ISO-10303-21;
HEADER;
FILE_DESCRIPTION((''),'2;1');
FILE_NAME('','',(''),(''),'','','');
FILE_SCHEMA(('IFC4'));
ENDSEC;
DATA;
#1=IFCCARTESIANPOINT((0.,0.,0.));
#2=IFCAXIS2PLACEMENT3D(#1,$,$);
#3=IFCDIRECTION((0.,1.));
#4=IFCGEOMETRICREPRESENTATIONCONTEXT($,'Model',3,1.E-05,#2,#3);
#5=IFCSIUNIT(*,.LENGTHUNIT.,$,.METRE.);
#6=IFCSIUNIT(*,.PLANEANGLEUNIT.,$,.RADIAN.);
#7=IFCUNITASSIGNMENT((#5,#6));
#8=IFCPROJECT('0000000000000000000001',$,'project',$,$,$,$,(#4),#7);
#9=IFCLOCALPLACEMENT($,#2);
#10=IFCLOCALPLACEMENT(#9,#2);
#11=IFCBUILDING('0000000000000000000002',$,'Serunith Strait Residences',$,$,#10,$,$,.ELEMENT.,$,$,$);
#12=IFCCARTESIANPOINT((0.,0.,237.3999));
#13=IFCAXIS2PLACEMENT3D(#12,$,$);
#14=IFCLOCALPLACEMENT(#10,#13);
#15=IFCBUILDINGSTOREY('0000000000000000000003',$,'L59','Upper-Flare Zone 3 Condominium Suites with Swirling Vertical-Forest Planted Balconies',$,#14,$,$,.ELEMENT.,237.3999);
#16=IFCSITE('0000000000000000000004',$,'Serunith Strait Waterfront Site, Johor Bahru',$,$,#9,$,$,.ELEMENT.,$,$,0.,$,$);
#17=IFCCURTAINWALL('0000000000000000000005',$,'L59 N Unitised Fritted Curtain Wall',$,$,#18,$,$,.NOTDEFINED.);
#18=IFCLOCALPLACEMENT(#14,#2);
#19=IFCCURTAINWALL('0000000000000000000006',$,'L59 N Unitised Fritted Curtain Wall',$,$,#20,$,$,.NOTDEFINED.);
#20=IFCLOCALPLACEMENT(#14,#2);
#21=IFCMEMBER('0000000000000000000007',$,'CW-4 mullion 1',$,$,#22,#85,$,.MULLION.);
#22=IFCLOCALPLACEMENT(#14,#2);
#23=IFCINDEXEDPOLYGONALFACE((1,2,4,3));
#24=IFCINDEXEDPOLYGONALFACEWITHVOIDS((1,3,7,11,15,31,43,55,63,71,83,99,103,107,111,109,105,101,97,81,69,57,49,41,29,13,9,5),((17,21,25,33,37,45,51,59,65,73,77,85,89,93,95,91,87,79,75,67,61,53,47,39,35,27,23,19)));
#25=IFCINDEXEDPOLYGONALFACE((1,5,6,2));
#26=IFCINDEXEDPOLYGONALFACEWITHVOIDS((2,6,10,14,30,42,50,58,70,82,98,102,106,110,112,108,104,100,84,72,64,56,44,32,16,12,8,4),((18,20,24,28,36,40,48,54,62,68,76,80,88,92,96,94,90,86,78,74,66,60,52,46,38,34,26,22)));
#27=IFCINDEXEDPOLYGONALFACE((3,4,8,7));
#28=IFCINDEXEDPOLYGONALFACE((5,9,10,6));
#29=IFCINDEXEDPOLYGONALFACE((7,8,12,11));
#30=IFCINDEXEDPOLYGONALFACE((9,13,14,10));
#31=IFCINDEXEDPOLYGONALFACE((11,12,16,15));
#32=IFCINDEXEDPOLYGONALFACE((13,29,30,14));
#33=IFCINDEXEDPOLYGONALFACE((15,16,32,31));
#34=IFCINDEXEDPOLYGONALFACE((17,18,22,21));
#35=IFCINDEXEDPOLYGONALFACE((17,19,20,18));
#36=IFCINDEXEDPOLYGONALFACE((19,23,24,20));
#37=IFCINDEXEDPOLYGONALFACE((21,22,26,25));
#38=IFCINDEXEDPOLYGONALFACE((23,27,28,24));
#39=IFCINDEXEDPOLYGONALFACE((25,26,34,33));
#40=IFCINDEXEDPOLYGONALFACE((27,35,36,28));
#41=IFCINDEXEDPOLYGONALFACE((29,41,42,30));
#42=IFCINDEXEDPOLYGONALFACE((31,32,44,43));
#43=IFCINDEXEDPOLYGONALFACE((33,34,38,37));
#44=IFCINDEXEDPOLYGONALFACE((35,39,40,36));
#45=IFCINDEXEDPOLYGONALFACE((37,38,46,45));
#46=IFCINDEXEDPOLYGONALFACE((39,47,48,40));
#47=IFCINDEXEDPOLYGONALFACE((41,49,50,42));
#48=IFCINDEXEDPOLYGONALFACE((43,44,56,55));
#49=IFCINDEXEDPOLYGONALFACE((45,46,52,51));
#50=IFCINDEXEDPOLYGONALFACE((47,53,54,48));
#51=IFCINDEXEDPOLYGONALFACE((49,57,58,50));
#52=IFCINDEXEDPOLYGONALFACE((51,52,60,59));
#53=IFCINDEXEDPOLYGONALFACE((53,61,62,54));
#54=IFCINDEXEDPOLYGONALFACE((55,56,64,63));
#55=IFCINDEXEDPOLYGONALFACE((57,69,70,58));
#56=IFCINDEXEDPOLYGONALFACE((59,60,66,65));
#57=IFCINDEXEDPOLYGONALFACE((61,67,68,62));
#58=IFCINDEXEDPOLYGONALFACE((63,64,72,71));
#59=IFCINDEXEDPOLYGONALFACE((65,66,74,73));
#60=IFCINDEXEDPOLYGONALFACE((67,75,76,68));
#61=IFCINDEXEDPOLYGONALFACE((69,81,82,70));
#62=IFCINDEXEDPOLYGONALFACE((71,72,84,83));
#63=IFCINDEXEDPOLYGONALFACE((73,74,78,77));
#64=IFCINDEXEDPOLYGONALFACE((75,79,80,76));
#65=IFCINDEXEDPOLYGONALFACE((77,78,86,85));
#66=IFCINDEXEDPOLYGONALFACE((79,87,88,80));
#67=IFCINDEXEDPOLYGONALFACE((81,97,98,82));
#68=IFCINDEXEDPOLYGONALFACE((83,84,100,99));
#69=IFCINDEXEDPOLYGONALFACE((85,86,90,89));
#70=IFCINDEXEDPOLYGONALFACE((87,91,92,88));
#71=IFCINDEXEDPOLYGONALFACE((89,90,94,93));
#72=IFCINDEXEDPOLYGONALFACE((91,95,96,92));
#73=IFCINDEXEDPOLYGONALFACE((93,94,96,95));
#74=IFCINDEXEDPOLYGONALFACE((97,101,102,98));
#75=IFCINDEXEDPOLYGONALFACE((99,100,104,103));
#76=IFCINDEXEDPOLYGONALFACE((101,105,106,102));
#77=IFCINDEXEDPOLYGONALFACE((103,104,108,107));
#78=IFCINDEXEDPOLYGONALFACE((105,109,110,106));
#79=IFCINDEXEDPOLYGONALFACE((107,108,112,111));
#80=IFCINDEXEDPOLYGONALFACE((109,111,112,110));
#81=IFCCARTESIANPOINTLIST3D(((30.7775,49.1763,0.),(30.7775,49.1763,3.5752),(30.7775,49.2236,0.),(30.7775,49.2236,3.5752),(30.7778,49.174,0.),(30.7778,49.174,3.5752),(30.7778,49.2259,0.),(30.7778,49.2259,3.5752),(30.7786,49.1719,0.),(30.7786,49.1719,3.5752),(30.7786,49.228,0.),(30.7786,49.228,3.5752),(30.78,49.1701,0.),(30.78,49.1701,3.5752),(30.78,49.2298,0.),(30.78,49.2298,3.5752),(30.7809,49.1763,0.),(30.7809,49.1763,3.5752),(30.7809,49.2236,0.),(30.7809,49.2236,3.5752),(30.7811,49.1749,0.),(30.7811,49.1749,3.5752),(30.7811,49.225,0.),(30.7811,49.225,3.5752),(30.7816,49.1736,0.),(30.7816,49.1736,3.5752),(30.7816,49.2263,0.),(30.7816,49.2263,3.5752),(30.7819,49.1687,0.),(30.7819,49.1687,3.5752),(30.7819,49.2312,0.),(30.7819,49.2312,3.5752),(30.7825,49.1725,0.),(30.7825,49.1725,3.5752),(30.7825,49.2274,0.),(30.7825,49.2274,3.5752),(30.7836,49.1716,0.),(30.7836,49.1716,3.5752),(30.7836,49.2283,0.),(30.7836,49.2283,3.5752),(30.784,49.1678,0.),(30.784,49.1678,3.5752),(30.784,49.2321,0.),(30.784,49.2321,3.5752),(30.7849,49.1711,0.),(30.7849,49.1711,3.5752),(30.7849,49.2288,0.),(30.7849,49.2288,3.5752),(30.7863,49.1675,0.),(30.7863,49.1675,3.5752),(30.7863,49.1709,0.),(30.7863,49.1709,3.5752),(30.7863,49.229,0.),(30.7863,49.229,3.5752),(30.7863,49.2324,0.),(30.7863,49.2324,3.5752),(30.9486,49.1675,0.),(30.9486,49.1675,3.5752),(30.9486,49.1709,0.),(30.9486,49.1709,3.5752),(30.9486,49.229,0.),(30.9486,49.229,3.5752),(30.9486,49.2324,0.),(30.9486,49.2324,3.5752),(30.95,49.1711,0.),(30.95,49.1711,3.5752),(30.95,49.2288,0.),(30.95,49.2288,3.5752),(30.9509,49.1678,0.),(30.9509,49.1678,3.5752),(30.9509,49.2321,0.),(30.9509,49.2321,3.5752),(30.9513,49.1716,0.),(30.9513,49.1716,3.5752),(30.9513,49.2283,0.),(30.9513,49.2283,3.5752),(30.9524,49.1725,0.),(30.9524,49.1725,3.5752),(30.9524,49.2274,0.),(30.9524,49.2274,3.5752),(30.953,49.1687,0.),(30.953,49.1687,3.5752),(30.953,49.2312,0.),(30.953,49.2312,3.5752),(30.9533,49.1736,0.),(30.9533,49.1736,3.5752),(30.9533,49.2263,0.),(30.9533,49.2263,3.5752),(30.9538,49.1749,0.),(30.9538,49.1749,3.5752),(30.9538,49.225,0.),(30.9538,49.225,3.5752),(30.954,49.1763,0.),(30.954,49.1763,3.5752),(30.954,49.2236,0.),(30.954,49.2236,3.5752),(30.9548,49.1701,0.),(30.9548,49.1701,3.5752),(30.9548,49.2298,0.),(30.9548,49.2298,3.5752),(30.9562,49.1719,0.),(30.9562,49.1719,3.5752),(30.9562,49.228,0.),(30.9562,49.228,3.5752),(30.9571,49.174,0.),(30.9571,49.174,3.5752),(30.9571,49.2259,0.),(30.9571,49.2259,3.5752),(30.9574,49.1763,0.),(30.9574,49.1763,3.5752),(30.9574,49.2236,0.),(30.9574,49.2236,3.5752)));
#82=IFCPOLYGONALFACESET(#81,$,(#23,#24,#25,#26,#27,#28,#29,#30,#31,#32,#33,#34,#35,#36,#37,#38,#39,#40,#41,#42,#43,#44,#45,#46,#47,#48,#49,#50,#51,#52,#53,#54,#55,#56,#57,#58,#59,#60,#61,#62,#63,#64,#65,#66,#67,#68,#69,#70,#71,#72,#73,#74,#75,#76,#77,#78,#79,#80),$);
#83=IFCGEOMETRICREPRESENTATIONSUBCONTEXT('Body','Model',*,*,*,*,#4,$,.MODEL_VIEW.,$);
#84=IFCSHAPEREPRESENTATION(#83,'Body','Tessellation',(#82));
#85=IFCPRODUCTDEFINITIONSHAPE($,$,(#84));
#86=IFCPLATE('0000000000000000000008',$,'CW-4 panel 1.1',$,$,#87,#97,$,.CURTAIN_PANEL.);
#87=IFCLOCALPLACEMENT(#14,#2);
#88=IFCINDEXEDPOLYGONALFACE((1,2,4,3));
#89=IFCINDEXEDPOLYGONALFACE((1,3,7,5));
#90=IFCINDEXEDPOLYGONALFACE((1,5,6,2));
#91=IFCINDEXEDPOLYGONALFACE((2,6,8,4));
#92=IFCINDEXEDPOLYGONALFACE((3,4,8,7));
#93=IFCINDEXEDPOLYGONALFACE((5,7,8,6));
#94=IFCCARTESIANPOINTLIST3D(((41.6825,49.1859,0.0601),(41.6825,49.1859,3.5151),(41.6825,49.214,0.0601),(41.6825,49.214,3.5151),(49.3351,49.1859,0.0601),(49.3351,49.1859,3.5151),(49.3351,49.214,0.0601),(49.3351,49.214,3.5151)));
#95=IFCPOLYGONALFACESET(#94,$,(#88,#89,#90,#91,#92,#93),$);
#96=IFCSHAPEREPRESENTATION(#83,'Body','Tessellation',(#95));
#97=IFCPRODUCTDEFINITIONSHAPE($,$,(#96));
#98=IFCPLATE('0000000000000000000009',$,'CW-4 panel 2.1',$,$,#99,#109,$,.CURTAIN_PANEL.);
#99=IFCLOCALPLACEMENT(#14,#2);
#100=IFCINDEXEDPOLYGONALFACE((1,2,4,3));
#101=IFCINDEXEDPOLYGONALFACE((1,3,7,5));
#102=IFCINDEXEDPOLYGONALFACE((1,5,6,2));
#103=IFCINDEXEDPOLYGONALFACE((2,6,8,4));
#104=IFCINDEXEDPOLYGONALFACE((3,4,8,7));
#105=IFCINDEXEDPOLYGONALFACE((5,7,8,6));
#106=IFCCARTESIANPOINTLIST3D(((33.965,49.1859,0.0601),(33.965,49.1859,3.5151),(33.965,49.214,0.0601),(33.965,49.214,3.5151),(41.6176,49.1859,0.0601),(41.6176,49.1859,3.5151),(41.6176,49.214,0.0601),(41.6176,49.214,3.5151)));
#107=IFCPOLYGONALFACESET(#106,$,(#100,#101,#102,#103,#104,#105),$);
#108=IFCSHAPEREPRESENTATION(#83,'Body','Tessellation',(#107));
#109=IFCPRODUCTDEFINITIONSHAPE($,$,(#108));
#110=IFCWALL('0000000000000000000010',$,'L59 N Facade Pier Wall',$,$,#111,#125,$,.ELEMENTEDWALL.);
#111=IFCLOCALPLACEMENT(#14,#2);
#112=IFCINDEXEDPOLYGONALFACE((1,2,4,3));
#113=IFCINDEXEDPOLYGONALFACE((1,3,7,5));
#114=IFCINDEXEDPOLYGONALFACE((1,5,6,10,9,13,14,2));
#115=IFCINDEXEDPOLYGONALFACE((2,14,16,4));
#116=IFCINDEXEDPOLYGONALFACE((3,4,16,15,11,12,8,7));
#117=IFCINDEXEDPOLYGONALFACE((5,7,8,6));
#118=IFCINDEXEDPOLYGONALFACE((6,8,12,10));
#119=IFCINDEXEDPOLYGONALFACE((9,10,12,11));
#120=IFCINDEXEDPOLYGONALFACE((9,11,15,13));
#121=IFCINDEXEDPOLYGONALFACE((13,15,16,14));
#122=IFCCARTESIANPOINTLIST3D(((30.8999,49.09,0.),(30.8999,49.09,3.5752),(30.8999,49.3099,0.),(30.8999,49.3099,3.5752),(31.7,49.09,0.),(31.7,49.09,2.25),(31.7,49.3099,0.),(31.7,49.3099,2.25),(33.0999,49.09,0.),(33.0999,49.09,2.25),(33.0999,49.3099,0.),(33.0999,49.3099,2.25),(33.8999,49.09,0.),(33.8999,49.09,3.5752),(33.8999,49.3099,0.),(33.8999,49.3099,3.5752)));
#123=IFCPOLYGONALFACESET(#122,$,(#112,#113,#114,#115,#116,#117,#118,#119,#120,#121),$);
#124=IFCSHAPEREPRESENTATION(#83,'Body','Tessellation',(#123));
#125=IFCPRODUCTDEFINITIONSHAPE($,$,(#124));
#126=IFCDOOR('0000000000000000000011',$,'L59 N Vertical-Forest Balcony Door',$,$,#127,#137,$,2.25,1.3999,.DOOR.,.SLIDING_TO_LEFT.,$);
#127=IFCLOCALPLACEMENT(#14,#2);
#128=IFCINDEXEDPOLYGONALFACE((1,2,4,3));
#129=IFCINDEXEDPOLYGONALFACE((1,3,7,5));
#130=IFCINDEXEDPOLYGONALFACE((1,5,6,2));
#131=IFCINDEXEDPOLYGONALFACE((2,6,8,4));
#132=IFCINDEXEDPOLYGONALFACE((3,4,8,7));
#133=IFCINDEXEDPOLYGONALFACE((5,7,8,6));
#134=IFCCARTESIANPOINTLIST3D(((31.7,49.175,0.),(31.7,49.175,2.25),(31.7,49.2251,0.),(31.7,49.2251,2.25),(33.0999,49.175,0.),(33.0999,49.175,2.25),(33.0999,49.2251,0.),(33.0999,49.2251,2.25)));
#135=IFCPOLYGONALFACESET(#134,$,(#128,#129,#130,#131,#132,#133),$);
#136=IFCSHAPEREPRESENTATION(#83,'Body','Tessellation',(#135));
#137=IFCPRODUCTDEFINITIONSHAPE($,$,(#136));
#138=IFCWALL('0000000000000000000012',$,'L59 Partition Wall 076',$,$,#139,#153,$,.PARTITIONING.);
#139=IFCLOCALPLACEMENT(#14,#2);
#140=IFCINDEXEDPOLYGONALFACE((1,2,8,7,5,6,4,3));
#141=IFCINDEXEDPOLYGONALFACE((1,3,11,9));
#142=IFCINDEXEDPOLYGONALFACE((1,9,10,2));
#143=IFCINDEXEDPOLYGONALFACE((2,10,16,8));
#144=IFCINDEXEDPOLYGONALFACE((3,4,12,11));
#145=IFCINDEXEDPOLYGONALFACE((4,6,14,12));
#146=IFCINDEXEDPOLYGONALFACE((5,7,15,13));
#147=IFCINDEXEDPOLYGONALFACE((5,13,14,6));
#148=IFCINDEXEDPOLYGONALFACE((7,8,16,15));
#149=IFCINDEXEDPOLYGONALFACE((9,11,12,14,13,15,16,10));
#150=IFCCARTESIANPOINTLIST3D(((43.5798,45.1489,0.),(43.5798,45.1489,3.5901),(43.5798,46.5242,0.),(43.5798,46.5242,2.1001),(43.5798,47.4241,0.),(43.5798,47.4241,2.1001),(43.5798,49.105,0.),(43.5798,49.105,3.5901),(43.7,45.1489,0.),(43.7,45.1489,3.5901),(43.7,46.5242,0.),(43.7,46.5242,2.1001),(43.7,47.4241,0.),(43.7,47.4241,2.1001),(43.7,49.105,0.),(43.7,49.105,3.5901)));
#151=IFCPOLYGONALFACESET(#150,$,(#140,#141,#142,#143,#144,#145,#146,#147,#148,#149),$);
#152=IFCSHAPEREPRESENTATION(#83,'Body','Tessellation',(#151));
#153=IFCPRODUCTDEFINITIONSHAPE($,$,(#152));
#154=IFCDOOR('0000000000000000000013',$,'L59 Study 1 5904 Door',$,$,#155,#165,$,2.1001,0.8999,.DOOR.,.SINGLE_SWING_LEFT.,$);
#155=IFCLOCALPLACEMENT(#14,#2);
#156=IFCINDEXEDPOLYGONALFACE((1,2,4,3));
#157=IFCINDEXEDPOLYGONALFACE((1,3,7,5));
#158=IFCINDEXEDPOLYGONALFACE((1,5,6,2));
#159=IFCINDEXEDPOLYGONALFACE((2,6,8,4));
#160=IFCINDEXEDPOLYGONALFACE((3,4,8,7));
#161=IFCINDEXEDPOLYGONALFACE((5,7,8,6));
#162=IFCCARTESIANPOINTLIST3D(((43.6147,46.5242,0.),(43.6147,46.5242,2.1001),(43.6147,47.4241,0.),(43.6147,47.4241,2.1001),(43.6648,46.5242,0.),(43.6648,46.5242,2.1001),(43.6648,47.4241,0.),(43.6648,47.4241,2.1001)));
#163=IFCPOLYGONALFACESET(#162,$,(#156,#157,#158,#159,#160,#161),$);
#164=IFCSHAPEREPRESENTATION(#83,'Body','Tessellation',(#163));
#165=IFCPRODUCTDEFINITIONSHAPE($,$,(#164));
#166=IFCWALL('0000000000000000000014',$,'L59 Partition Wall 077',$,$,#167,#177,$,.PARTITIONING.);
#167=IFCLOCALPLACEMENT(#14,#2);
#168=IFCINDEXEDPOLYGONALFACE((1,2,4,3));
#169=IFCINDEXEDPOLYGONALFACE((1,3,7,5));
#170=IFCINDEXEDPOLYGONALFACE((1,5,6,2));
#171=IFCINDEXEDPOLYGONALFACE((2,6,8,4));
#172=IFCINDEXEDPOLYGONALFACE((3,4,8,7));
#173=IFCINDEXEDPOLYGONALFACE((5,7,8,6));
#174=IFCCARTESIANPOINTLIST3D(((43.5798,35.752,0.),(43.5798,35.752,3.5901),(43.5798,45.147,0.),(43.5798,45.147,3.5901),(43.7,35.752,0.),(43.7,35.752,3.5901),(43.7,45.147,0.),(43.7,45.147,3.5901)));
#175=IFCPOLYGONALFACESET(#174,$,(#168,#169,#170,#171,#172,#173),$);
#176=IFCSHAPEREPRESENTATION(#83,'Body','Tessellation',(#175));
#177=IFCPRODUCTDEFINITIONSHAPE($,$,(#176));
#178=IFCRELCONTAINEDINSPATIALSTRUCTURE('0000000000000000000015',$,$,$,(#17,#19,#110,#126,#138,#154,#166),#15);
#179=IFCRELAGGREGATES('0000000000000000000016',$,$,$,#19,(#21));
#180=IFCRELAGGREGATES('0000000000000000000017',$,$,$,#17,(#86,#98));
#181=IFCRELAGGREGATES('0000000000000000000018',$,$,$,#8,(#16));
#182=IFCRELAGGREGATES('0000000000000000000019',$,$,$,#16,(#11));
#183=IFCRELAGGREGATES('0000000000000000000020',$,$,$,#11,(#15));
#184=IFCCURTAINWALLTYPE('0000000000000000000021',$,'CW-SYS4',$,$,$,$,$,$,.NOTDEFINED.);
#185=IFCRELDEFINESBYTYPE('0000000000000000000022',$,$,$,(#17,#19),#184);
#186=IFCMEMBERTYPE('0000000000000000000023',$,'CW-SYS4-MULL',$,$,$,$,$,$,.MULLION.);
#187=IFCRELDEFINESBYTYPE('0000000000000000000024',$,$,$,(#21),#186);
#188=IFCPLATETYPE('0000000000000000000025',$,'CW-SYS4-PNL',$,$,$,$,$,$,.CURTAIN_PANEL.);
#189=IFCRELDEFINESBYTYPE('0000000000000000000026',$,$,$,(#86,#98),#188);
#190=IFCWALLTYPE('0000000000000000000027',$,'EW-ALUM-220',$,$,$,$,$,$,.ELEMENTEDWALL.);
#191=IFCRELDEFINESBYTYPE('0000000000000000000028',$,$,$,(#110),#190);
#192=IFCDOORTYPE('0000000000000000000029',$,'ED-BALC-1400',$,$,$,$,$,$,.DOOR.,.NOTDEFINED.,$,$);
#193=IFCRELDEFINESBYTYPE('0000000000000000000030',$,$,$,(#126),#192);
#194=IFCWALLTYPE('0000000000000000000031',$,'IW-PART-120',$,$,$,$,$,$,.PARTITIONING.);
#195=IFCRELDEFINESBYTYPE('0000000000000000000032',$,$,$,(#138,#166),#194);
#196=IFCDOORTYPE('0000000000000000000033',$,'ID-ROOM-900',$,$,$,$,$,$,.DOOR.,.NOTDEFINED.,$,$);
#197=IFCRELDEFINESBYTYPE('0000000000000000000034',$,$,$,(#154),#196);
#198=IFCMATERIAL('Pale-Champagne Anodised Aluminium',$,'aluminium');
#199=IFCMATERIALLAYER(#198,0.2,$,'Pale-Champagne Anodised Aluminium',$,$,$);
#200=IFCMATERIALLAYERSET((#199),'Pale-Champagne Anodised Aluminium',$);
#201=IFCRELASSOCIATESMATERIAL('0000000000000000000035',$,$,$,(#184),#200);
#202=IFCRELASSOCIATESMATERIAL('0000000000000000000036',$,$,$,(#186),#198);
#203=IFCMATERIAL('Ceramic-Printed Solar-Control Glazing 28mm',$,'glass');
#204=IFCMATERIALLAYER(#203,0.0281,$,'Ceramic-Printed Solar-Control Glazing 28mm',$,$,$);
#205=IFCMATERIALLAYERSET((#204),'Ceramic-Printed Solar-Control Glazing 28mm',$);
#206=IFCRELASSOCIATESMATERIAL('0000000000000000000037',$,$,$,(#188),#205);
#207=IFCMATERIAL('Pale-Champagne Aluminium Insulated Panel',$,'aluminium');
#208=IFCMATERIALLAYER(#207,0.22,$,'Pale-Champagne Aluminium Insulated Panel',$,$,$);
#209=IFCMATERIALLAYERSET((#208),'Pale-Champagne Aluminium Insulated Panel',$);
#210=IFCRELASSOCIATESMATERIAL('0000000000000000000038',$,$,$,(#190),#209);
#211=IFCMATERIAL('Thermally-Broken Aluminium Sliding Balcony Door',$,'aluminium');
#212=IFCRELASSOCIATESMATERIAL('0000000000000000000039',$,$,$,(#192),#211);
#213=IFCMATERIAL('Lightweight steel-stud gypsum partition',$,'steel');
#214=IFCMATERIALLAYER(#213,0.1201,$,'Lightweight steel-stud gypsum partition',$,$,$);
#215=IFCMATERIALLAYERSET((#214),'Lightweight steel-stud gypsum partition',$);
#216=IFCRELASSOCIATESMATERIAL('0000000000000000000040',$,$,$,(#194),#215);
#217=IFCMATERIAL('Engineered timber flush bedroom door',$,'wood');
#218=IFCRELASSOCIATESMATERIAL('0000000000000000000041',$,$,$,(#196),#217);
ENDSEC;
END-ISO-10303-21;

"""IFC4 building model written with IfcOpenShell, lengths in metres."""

from ifc_helpers import new_model, si_unit, direction, frame, frame_2d, origin, origin_2d, place, context, subcontext, project, spatial, rectangle, hollow_rectangle, extrude, source, transform, mapped, material, layer, layer_set, material_profile, profile_set, type_object, element, fill, aggregate, save


model = new_model("IFC4")

# Units and contexts
model_context = context("Model", 3, precision=1e-05, world=origin(), true_north=direction((0.0, 1.0)))
body_context = subcontext(model_context, "Body", "Model", "MODEL_VIEW")
ifc_project = project(units=[si_unit("LENGTHUNIT", "METRE"), si_unit("PLANEANGLEUNIT", "RADIAN")], contexts=[model_context])

# Site, building, storey
site_placement = place(None, origin())
site = spatial("IfcSite", under=ifc_project, at=site_placement, Name="Serunith Strait Waterfront Site, Johor Bahru", CompositionType="ELEMENT", RefElevation=0.0)
building_placement = place(site_placement, origin())
building = spatial("IfcBuilding", under=site, at=building_placement, Name="Serunith Strait Residences", CompositionType="ELEMENT")
storey_placement = place(building_placement, frame((0.0, 0.0, 237.3999)))
storey = spatial("IfcBuildingStorey", under=building, at=storey_placement, Name="L59", Description="Upper-Flare Zone 3 Condominium Suites with Swirling Vertical-Forest Planted Balconies", CompositionType="ELEMENT", Elevation=237.3999)

# Curtain walls
ifc_material_1 = material(Name="Pale-Champagne Anodised Aluminium", Category="aluminium")
ifc_layer_1 = layer(ifc_material_1, 0.2, Name="Pale-Champagne Anodised Aluminium")
ifc_layer_set_1 = layer_set([ifc_layer_1], Name="Pale-Champagne Anodised Aluminium")
curtain_wall_type = type_object("IfcCurtainWallType", Name="CW-SYS4", PredefinedType="NOTDEFINED", material=ifc_layer_set_1)
curtain_wall_1_placement = place(storey_placement, origin())
curtain_wall_1 = element("IfcCurtainWall", 1, at=curtain_wall_1_placement, inside=storey, type_object=curtain_wall_type, Name="L59 N Unitised Fritted Curtain Wall", PredefinedType="NOTDEFINED")
curtain_wall_2_placement = place(storey_placement, origin())
curtain_wall_2 = element("IfcCurtainWall", 2, at=curtain_wall_2_placement, inside=storey, type_object=curtain_wall_type, Name="L59 N Unitised Fritted Curtain Wall", PredefinedType="NOTDEFINED")

# Member
ifc_material_profile_1 = material_profile(ifc_material_1, hollow_rectangle(XDim=0.0649, YDim=0.1799, WallThickness=0.0034, InnerFilletRadius=0.0054, OuterFilletRadius=0.0088, at=origin_2d()), Name="ALU 180x65x3.5")
ifc_profile_set_1 = profile_set([ifc_material_profile_1], Name="Pale-Champagne Anodised Aluminium")
member_type_1 = type_object("IfcMemberType", Name="CW-SYS4-MULL", PredefinedType="MULLION", material=ifc_profile_set_1)
shared_shape_1 = source(origin(), body_context, "Body", "SweptSolid", [
    extrude(hollow_rectangle(XDim=0.0649, YDim=0.1799, WallThickness=0.0034, InnerFilletRadius=0.0054, OuterFilletRadius=0.0088, at=origin_2d()), origin(), (0.0, 0.0, 1.0), 3.5752),
])
member_1_placement = place(storey_placement, frame((30.8674, 49.2, 0.0), z_axis=(0.0, 0.0, 1.0), x_axis=(0.0, -1.0, 0.0)))
member_1 = element("IfcMember", 3, at=member_1_placement, type_object=member_type_1, Name="CW-4 mullion 1", PredefinedType="MULLION", context=body_context, shape_type="MappedRepresentation", body=[
    mapped(shared_shape_1, transform((0.0, 0.0, 0.0), scale=1.0)),
])
aggregate(curtain_wall_2, [member_1])

# Plates
ifc_material_2 = material(Name="Ceramic-Printed Solar-Control Glazing 28mm", Category="glass")
ifc_layer_2 = layer(ifc_material_2, 0.0281, Name="Ceramic-Printed Solar-Control Glazing 28mm")
ifc_layer_set_2 = layer_set([ifc_layer_2], Name="Ceramic-Printed Solar-Control Glazing 28mm")
plate_type = type_object("IfcPlateType", Name="CW-SYS4-PNL", PredefinedType="CURTAIN_PANEL", material=ifc_layer_set_2)
shared_shape_2 = source(origin(), body_context, "Body", "SweptSolid", [
    extrude(rectangle(XDim=7.6526, YDim=0.0281, at=origin_2d()), origin(), (0.0, 0.0, 1.0), 3.4551),
])
plate_1_placement = place(storey_placement, frame((45.5088, 49.2, 0.0601), z_axis=(0.0, 0.0, 1.0), x_axis=(-1.0, 0.0, 0.0)))
plate_1 = element("IfcPlate", 4, at=plate_1_placement, type_object=plate_type, Name="CW-4 panel 1.1", PredefinedType="CURTAIN_PANEL", context=body_context, shape_type="MappedRepresentation", body=[
    mapped(shared_shape_2, transform((0.0, 0.0, 0.0), scale=1.0)),
])
plate_2_placement = place(storey_placement, frame((37.7913, 49.2, 0.0601), z_axis=(0.0, 0.0, 1.0), x_axis=(-1.0, 0.0, 0.0)))
plate_2 = element("IfcPlate", 5, at=plate_2_placement, type_object=plate_type, Name="CW-4 panel 2.1", PredefinedType="CURTAIN_PANEL", context=body_context, shape_type="MappedRepresentation", body=[
    mapped(shared_shape_2, transform((0.0, 0.0, 0.0), scale=1.0)),
])
aggregate(curtain_wall_1, [plate_1, plate_2])

# Walls, openings, doors
ifc_material_3 = material(Name="Pale-Champagne Aluminium Insulated Panel", Category="aluminium")
ifc_layer_3 = layer(ifc_material_3, 0.22, Name="Pale-Champagne Aluminium Insulated Panel")
ifc_layer_set_3 = layer_set([ifc_layer_3], Name="Pale-Champagne Aluminium Insulated Panel")
wall_type_1 = type_object("IfcWallType", Name="EW-ALUM-220", PredefinedType="ELEMENTEDWALL", material=ifc_layer_set_3)
wall_1_placement = place(storey_placement, frame((33.8999, 49.2, 0.0), z_axis=(0.0, 0.0, 1.0), x_axis=(-1.0, 0.0, 0.0)))
wall_1 = element("IfcWall", 6, at=wall_1_placement, inside=storey, type_object=wall_type_1, Name="L59 N Facade Pier Wall", PredefinedType="ELEMENTEDWALL", context=body_context, shape_type="SweptSolid", body=[
    extrude(rectangle(XDim=3.0, YDim=0.22, at=frame_2d((1.5, 0.0))), origin(), (0.0, 0.0, 1.0), 3.5752),
])
opening_1_placement = place(wall_1_placement, frame((0.8, 0.0, 0.0)))
opening_1 = element("IfcOpeningElement", 7, at=opening_1_placement, cuts=wall_1, PredefinedType="OPENING", context=body_context, shape_type="SweptSolid", body=[
    extrude(rectangle(XDim=1.3999, YDim=2.25, at=frame_2d((0.7, 1.125))), frame((0.0, 0.1201, 0.0), z_axis=(0.0, -1.0, 0.0), x_axis=(1.0, 0.0, 0.0)), (0.0, 0.0, 1.0), 0.24),
])
ifc_material_4 = material(Name="Thermally-Broken Aluminium Sliding Balcony Door", Category="aluminium")
door_type_1 = type_object("IfcDoorType", Name="ED-BALC-1400", OperationType="NOTDEFINED", PredefinedType="DOOR", material=ifc_material_4)
shared_shape_3 = source(origin(), body_context, "Body", "SweptSolid", [
    extrude(rectangle(XDim=1.3999, YDim=2.25, at=frame_2d((0.7, 1.125))), frame((0.0, 0.0249, 0.0), z_axis=(0.0, -1.0, 0.0), x_axis=(1.0, 0.0, 0.0)), (0.0, 0.0, 1.0), 0.05),
])
door_1_placement = place(opening_1_placement, origin())
door_1 = element("IfcDoor", 8, at=door_1_placement, inside=storey, type_object=door_type_1, Name="L59 N Vertical-Forest Balcony Door", OperationType="SLIDING_TO_LEFT", OverallHeight=2.25, OverallWidth=1.3999, PredefinedType="DOOR", context=body_context, shape_type="MappedRepresentation", body=[
    mapped(shared_shape_3, transform((0.0, 0.0, 0.0), scale=1.0)),
])
fill(opening_1, door_1)
ifc_material_5 = material(Name="Lightweight steel-stud gypsum partition", Category="steel")
ifc_layer_4 = layer(ifc_material_5, 0.1201, Name="Lightweight steel-stud gypsum partition")
ifc_layer_set_4 = layer_set([ifc_layer_4], Name="Lightweight steel-stud gypsum partition")
wall_type_2 = type_object("IfcWallType", Name="IW-PART-120", PredefinedType="PARTITIONING", material=ifc_layer_set_4)
wall_2_placement = place(storey_placement, frame((43.6399, 49.105, 0.0), z_axis=(0.0, 0.0, 1.0), x_axis=(0.0, -1.0, 0.0)))
wall_2 = element("IfcWall", 9, at=wall_2_placement, inside=storey, type_object=wall_type_2, Name="L59 Partition Wall 076", PredefinedType="PARTITIONING", context=body_context, shape_type="SweptSolid", body=[
    extrude(rectangle(XDim=3.9561, YDim=0.1201, at=frame_2d((1.978, 0.0))), origin(), (0.0, 0.0, 1.0), 3.5901),
])
opening_2_placement = place(wall_2_placement, frame((1.6809, 0.0, 0.0)))
opening_2 = element("IfcOpeningElement", 10, at=opening_2_placement, cuts=wall_2, PredefinedType="OPENING", context=body_context, shape_type="SweptSolid", body=[
    extrude(rectangle(XDim=0.8999, YDim=2.1001, at=frame_2d((0.45, 1.05))), frame((0.0, 0.0701, 0.0), z_axis=(0.0, -1.0, 0.0), x_axis=(1.0, 0.0, 0.0)), (0.0, 0.0, 1.0), 0.1401),
])
ifc_material_6 = material(Name="Engineered timber flush bedroom door", Category="wood")
door_type_2 = type_object("IfcDoorType", Name="ID-ROOM-900", OperationType="NOTDEFINED", PredefinedType="DOOR", material=ifc_material_6)
shared_shape_4 = source(origin(), body_context, "Body", "SweptSolid", [
    extrude(rectangle(XDim=0.8999, YDim=2.1001, at=frame_2d((0.45, 1.05))), frame((0.0, 0.0249, 0.0), z_axis=(0.0, -1.0, 0.0), x_axis=(1.0, 0.0, 0.0)), (0.0, 0.0, 1.0), 0.05),
])
door_2_placement = place(opening_2_placement, origin())
door_2 = element("IfcDoor", 11, at=door_2_placement, inside=storey, type_object=door_type_2, Name="L59 Study 1 5904 Door", OperationType="SINGLE_SWING_LEFT", OverallHeight=2.1001, OverallWidth=0.8999, PredefinedType="DOOR", context=body_context, shape_type="MappedRepresentation", body=[
    mapped(shared_shape_4, transform((0.0, 0.0, 0.0), scale=1.0)),
])
fill(opening_2, door_2)

# Wall
wall_3_placement = place(storey_placement, frame((43.6399, 45.147, 0.0), z_axis=(0.0, 0.0, 1.0), x_axis=(0.0, -1.0, 0.0)))
element("IfcWall", 12, at=wall_3_placement, inside=storey, type_object=wall_type_2, Name="L59 Partition Wall 077", PredefinedType="PARTITIONING", context=body_context, shape_type="SweptSolid", body=[
    extrude(rectangle(XDim=9.395, YDim=0.1201, at=frame_2d((4.6975, 0.0))), origin(), (0.0, 0.0, 1.0), 3.5901),
])

save(model, "model.ifc")
